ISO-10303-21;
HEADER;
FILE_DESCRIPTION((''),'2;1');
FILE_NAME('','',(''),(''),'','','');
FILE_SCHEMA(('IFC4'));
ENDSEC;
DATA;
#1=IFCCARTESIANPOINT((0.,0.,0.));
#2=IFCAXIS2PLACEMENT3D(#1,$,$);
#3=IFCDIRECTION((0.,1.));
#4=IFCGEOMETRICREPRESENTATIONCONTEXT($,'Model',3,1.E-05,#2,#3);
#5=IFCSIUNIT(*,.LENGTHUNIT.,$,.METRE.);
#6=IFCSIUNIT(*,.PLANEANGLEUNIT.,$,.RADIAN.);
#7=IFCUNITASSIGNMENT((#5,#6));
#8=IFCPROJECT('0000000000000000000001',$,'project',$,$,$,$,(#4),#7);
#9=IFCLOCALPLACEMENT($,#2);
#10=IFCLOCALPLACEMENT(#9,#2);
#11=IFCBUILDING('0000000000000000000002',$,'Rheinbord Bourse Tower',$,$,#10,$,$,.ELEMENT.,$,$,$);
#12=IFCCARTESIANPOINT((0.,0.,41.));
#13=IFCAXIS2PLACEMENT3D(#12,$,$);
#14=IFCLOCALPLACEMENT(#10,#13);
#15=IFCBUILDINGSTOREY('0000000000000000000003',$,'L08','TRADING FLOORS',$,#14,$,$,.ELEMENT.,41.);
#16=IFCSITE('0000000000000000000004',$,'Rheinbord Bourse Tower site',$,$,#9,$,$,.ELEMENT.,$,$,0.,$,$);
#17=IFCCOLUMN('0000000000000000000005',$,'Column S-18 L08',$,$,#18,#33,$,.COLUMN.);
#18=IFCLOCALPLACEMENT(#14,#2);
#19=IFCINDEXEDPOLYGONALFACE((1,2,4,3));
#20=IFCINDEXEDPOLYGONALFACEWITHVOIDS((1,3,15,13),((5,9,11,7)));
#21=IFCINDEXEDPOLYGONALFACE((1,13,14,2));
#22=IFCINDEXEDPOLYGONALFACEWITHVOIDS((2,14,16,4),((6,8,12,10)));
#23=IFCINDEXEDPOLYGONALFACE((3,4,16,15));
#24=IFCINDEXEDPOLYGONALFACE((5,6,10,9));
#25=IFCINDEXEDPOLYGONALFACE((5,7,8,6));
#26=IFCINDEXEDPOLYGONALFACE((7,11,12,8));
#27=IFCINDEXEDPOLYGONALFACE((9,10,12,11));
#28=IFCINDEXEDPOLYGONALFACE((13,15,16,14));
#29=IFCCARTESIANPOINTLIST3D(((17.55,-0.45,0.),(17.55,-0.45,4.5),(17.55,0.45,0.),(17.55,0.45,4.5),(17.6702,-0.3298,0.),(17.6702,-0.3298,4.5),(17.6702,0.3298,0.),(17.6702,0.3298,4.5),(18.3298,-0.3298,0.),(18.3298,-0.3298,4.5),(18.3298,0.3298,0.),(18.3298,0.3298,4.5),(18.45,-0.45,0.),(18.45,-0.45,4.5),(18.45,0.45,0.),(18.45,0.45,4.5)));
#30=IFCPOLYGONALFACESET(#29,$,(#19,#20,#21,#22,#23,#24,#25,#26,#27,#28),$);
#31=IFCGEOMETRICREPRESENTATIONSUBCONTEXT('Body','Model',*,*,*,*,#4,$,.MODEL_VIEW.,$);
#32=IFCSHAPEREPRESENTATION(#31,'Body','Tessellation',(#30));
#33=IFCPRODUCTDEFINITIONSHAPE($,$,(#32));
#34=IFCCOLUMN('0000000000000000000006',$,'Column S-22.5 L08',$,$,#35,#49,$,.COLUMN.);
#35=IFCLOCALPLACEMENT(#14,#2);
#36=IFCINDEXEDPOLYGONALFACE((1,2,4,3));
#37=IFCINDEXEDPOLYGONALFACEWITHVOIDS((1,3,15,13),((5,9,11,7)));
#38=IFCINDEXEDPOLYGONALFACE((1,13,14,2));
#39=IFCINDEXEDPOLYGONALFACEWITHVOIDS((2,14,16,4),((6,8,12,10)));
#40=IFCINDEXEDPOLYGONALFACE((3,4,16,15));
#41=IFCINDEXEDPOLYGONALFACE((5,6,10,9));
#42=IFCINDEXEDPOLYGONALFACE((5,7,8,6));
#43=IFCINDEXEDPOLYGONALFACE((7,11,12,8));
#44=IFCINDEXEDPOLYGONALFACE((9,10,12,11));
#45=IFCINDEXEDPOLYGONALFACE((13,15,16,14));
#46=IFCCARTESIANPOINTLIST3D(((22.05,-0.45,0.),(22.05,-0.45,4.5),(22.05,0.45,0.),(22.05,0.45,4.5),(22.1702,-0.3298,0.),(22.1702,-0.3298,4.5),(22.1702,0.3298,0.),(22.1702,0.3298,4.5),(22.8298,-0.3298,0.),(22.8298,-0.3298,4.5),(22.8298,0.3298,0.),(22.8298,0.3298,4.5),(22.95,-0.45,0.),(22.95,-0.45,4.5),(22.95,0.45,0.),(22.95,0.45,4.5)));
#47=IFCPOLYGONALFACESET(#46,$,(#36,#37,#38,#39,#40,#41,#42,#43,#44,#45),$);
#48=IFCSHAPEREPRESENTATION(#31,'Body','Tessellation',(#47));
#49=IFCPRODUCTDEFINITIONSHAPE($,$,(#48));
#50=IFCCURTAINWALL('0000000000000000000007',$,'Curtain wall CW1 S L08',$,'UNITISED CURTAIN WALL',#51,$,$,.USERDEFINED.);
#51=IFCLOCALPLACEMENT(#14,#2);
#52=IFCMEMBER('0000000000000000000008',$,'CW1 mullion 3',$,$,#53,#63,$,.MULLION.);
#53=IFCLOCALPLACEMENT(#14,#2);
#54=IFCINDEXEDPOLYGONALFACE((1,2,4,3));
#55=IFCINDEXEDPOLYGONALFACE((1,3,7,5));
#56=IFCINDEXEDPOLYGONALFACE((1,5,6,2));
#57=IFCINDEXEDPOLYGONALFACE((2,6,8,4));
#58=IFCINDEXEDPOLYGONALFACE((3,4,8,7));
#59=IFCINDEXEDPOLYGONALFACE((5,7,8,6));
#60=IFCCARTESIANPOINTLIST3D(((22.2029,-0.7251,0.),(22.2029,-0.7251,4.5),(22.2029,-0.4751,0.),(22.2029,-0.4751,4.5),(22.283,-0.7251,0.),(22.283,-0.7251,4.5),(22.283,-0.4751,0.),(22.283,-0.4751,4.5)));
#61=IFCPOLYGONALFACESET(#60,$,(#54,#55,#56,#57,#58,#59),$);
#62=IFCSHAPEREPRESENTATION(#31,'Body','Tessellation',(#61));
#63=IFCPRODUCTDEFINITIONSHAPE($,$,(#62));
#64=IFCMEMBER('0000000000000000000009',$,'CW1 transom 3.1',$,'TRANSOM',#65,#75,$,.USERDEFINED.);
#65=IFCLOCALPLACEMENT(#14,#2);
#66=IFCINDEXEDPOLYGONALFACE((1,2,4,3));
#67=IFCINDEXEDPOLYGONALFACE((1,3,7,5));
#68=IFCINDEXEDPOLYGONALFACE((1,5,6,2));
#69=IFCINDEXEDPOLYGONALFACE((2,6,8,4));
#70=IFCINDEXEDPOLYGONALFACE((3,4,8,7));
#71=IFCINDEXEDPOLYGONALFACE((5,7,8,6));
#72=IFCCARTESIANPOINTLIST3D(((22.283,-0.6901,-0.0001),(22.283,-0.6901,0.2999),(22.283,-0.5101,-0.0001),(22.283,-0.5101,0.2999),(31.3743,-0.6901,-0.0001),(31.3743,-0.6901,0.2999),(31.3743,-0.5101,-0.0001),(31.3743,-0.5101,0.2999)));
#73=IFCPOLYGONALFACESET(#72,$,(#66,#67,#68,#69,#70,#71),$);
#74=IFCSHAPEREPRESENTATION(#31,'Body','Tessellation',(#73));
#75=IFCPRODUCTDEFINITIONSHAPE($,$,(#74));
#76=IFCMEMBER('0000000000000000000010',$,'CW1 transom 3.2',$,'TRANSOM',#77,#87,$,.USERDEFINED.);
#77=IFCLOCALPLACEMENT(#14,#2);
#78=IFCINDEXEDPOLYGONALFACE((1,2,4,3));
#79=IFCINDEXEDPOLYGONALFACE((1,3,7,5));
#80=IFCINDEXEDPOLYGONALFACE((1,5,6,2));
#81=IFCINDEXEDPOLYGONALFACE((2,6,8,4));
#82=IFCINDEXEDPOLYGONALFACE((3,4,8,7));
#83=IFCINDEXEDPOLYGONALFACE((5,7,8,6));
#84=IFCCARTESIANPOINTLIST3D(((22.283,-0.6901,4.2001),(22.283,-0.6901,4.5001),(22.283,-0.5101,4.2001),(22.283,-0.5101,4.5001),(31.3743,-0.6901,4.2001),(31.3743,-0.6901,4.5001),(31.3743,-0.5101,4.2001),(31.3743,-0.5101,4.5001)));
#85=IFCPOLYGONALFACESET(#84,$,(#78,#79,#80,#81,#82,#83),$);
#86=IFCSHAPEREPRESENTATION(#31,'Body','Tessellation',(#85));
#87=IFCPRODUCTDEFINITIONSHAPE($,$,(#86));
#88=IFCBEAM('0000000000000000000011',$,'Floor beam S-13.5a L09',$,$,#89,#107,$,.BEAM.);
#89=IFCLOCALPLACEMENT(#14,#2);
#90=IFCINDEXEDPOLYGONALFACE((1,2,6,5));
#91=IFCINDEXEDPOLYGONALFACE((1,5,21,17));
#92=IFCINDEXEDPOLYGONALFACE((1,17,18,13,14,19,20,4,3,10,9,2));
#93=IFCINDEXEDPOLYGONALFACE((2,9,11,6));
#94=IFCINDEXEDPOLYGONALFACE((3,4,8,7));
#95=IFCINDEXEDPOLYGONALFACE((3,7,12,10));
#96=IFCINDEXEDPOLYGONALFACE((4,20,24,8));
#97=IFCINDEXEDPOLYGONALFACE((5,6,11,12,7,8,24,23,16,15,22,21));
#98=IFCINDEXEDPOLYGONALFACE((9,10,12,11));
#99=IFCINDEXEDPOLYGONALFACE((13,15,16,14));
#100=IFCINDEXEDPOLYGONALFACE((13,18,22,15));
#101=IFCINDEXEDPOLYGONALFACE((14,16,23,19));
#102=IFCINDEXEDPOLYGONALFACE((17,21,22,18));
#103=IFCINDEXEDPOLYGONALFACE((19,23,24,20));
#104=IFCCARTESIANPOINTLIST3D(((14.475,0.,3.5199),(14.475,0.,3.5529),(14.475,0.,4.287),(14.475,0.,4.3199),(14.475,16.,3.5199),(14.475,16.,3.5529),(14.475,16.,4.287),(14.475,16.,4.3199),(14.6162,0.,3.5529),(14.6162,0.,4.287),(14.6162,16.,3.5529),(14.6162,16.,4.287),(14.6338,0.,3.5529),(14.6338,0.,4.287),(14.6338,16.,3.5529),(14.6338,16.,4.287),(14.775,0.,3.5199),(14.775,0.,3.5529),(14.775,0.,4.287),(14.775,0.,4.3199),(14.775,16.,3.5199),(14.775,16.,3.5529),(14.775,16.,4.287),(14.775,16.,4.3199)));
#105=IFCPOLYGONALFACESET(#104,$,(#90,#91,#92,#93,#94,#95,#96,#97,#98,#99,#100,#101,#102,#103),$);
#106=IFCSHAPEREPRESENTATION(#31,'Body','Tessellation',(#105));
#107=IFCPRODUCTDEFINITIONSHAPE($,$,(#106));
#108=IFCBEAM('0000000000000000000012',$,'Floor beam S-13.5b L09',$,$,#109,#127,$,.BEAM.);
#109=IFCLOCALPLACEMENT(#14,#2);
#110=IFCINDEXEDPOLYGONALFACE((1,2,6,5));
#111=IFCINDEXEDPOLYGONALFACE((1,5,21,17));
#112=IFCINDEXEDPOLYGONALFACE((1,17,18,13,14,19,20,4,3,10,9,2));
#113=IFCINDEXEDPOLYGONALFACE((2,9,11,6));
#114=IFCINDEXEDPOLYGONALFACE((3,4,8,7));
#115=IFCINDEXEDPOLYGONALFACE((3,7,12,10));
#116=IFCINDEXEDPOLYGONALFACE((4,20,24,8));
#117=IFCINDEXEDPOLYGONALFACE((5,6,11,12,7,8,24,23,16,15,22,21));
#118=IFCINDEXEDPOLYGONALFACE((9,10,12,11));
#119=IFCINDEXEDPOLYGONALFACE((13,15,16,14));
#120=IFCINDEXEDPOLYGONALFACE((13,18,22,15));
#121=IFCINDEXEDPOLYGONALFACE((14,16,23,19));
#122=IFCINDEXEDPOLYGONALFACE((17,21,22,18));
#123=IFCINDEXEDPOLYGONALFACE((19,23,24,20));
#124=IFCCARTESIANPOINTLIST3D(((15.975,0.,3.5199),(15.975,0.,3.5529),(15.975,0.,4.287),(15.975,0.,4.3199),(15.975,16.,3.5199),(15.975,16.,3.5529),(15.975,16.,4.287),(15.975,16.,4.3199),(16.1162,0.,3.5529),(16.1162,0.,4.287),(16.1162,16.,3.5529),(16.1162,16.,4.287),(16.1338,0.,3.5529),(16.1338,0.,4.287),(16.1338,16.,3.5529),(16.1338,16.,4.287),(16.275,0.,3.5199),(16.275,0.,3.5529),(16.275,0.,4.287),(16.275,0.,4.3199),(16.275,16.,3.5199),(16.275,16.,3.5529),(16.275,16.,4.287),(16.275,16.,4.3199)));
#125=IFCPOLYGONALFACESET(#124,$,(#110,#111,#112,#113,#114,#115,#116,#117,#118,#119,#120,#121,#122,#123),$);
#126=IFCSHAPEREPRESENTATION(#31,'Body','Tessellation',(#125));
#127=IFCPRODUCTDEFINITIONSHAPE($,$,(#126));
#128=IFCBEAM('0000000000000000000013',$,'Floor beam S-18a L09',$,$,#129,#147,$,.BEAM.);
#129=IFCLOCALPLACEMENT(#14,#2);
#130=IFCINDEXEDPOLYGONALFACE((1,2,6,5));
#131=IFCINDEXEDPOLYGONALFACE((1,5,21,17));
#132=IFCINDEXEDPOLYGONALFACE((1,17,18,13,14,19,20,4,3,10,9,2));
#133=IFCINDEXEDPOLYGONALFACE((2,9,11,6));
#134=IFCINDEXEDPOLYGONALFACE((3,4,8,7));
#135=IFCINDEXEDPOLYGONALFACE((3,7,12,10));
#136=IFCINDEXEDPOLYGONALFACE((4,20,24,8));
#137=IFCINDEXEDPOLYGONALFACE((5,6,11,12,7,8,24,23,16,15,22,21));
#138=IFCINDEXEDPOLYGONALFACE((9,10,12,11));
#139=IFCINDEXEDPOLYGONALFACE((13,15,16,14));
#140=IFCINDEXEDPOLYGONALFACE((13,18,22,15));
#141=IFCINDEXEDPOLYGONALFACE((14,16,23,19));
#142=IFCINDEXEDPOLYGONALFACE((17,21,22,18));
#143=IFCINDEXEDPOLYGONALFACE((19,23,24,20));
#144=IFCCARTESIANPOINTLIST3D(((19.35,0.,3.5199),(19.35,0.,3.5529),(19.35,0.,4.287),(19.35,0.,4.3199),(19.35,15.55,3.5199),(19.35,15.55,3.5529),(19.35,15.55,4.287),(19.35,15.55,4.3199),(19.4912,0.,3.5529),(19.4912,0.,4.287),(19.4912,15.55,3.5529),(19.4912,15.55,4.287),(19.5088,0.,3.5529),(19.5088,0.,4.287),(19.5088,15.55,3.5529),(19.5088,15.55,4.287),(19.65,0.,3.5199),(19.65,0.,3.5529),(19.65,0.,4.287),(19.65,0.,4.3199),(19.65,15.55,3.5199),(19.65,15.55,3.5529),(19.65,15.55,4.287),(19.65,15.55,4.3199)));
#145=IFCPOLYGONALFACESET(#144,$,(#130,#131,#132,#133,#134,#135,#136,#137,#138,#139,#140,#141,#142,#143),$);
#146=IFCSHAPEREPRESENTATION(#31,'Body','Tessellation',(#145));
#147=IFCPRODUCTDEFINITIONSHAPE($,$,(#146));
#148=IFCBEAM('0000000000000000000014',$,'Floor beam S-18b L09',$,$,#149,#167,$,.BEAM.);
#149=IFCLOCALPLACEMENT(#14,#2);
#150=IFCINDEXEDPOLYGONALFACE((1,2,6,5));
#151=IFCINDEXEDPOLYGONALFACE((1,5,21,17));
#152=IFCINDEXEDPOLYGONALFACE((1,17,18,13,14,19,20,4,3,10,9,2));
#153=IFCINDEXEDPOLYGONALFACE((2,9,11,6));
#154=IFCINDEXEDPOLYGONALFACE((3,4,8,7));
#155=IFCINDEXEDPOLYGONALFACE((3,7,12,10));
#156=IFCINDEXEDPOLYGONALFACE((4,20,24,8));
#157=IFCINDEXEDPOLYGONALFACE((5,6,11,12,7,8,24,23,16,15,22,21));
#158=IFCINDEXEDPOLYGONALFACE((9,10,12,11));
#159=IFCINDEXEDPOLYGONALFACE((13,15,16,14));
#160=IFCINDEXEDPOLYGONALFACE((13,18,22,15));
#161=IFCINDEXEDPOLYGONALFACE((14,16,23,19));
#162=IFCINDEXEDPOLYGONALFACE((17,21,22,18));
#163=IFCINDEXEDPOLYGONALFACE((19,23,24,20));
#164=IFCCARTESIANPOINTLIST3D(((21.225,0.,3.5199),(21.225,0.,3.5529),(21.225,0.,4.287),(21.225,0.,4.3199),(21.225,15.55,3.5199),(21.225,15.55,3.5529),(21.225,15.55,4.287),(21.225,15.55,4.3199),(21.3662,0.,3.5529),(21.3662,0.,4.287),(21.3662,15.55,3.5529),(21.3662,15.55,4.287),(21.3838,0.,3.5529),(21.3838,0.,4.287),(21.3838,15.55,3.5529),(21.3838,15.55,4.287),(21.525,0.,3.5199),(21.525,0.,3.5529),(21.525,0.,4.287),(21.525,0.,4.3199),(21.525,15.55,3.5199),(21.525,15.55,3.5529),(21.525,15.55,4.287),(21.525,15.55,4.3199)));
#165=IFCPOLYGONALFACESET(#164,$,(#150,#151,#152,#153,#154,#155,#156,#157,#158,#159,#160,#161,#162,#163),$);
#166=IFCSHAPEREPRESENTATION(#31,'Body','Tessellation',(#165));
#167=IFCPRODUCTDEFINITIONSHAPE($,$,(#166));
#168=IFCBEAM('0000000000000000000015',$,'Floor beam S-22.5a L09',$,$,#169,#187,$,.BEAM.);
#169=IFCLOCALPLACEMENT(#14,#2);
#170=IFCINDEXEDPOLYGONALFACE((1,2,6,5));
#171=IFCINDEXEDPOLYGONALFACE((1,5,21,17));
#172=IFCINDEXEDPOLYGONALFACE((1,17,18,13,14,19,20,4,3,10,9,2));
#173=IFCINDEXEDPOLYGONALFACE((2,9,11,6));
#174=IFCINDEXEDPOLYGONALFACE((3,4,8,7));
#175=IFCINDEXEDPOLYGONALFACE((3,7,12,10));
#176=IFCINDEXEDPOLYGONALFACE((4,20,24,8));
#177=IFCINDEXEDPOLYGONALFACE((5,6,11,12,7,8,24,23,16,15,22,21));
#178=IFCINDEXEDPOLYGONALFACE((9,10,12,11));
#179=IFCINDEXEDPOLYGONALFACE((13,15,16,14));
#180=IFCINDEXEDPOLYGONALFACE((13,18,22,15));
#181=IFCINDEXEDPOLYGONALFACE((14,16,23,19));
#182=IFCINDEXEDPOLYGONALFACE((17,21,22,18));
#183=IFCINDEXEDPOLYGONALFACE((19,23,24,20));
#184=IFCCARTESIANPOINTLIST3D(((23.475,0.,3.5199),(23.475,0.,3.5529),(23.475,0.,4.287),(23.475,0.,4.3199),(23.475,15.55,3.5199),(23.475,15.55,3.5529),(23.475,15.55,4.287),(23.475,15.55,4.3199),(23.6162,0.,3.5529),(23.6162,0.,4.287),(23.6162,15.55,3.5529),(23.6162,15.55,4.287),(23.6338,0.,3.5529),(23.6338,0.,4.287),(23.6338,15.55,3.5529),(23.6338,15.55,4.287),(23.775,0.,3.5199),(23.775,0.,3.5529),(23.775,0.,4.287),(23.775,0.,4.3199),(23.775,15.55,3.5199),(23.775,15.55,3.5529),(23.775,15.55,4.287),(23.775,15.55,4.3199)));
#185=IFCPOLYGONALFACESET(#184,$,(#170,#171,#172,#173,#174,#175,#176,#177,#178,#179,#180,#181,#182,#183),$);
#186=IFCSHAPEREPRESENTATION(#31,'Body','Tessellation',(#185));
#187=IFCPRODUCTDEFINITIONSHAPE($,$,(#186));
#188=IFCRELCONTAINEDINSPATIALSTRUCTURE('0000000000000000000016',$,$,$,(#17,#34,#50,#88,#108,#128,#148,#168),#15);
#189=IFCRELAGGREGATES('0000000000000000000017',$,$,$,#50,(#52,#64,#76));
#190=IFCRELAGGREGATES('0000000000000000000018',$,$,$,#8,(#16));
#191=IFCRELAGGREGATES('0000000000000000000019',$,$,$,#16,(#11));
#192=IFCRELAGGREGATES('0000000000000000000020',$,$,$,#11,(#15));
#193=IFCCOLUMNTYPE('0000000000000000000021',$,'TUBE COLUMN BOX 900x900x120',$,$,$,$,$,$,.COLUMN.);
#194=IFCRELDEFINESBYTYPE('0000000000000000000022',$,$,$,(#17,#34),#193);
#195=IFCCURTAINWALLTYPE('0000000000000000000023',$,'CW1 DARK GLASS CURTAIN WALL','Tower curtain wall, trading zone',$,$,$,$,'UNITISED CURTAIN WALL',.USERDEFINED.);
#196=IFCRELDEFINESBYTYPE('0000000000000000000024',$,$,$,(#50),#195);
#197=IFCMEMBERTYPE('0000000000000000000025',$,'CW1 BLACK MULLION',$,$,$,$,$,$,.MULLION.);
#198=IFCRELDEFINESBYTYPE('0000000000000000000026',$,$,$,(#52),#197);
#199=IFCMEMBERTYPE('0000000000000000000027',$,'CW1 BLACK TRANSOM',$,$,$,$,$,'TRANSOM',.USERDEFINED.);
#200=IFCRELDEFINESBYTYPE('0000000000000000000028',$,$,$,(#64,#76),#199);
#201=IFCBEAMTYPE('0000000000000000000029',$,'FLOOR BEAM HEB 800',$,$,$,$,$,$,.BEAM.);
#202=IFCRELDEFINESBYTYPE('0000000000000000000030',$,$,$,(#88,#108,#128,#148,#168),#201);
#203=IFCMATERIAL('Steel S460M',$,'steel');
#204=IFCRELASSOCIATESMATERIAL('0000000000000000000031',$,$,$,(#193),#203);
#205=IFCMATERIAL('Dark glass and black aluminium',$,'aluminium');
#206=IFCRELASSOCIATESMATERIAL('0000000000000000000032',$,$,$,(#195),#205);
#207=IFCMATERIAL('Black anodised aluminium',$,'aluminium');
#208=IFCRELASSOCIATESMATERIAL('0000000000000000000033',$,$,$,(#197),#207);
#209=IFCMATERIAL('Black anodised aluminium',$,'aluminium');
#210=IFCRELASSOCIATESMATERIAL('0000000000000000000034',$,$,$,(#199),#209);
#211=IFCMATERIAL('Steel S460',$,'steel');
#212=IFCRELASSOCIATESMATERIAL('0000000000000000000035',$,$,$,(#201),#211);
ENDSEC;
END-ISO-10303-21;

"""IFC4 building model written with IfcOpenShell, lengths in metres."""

from ifc_helpers import new_model, si_unit, direction, frame, origin, origin_2d, place, context, subcontext, project, spatial, rectangle, hollow_rectangle, i_section, extrude, material, material_profile, profile_set, type_object, element, aggregate, save


model = new_model("IFC4")

# Units and contexts
model_context = context("Model", 3, precision=1e-05, world=origin(), true_north=direction((0.0, 1.0)))
body_context = subcontext(model_context, "Body", "Model", "MODEL_VIEW")
ifc_project = project(units=[si_unit("LENGTHUNIT", "METRE"), si_unit("PLANEANGLEUNIT", "RADIAN")], contexts=[model_context])

# Site, building, storey
site_placement = place(None, origin())
site = spatial("IfcSite", under=ifc_project, at=site_placement, Name="Rheinbord Bourse Tower site", CompositionType="ELEMENT", RefElevation=0.0)
building_placement = place(site_placement, origin())
building = spatial("IfcBuilding", under=site, at=building_placement, Name="Rheinbord Bourse Tower", CompositionType="ELEMENT")
storey_placement = place(building_placement, frame((0.0, 0.0, 41.0)))
storey = spatial("IfcBuildingStorey", under=building, at=storey_placement, Name="L08", Description="TRADING FLOORS", CompositionType="ELEMENT", Elevation=41.0)

# Columns
ifc_material_1 = material(Name="Steel S460M", Category="steel")
ifc_material_profile_1 = material_profile(ifc_material_1, hollow_rectangle(XDim=0.8999, YDim=0.8999, WallThickness=0.1201, at=origin_2d()), Name="BOX 900x900x120")
ifc_profile_set_1 = profile_set([ifc_material_profile_1], Name="Steel S460M")
column_type = type_object("IfcColumnType", Name="TUBE COLUMN BOX 900x900x120", PredefinedType="COLUMN", material=ifc_profile_set_1)
for number, where, z_axis, x_axis, name in (
    (1, (18.0, 0.0, 0.0), (0.0, 0.0, 1.0), (0.0, 1.0, 0.0), "Column S-18 L08"),
    (2, (22.5, 0.0, 0.0), (0.0, 0.0, 1.0), (0.0, 1.0, 0.0), "Column S-22.5 L08"),
):
    element("IfcColumn", number, at=place(storey_placement, frame(where, z_axis=z_axis, x_axis=x_axis)), inside=storey, type_object=column_type, Name=name, PredefinedType="COLUMN", context=body_context, shape_type="SweptSolid", body=[
        extrude(hollow_rectangle(XDim=0.8999, YDim=0.8999, WallThickness=0.1201, at=origin_2d()), origin(), (0.0, 0.0, 1.0), 4.5),
    ])

# Curtain wall, members
ifc_material_2 = material(Name="Dark glass and black aluminium", Category="aluminium")
curtain_wall_type = type_object("IfcCurtainWallType", Name="CW1 DARK GLASS CURTAIN WALL", Description="Tower curtain wall, trading zone", ElementType="UNITISED CURTAIN WALL", PredefinedType="USERDEFINED", material=ifc_material_2)
curtain_wall_placement = place(storey_placement, origin())
curtain_wall = element("IfcCurtainWall", 3, at=curtain_wall_placement, inside=storey, type_object=curtain_wall_type, Name="Curtain wall CW1 S L08", ObjectType="UNITISED CURTAIN WALL", PredefinedType="USERDEFINED")
ifc_material_3 = material(Name="Black anodised aluminium", Category="aluminium")
ifc_material_profile_2 = material_profile(ifc_material_3, rectangle(XDim=0.25, YDim=0.0801, at=origin_2d()), Name="CW1 MULLION 80x250")
ifc_profile_set_2 = profile_set([ifc_material_profile_2], Name="Black anodised aluminium")
member_type_1 = type_object("IfcMemberType", Name="CW1 BLACK MULLION", PredefinedType="MULLION", material=ifc_profile_set_2)
member_1_placement = place(storey_placement, frame((22.2429, -0.6001, 0.0), z_axis=(0.0, 0.0, 1.0), x_axis=(0.0, 1.0, 0.0)))
member_1 = element("IfcMember", 4, at=member_1_placement, type_object=member_type_1, Name="CW1 mullion 3", PredefinedType="MULLION", context=body_context, shape_type="SweptSolid", body=[
    extrude(rectangle(XDim=0.25, YDim=0.0801, at=origin_2d()), origin(), (0.0, 0.0, 1.0), 4.5),
])
ifc_material_4 = material(Name="Black anodised aluminium", Category="aluminium")
ifc_material_profile_3 = material_profile(ifc_material_4, rectangle(XDim=0.1799, YDim=0.3, at=origin_2d()), Name="CW1 TRANSOM 300x180")
ifc_profile_set_3 = profile_set([ifc_material_profile_3], Name="Black anodised aluminium")
member_type_2 = type_object("IfcMemberType", Name="CW1 BLACK TRANSOM", ElementType="TRANSOM", PredefinedType="USERDEFINED", material=ifc_profile_set_3)
member_2_placement = place(storey_placement, frame((22.283, -0.6001, 0.1499), z_axis=(1.0, 0.0, 0.0), x_axis=(0.0, 1.0, 0.0)))
member_2 = element("IfcMember", 5, at=member_2_placement, type_object=member_type_2, Name="CW1 transom 3.1", ObjectType="TRANSOM", PredefinedType="USERDEFINED", context=body_context, shape_type="SweptSolid", body=[
    extrude(rectangle(XDim=0.1799, YDim=0.3, at=origin_2d()), origin(), (0.0, 0.0, 1.0), 9.0913),
])
member_3_placement = place(storey_placement, frame((22.283, -0.6001, 4.3501), z_axis=(1.0, 0.0, 0.0), x_axis=(0.0, 1.0, 0.0)))
member_3 = element("IfcMember", 6, at=member_3_placement, type_object=member_type_2, Name="CW1 transom 3.2", ObjectType="TRANSOM", PredefinedType="USERDEFINED", context=body_context, shape_type="SweptSolid", body=[
    extrude(rectangle(XDim=0.1799, YDim=0.3, at=origin_2d()), origin(), (0.0, 0.0, 1.0), 9.0913),
])

# Beams
ifc_material_5 = material(Name="Steel S460", Category="steel")
ifc_material_profile_4 = material_profile(ifc_material_5, i_section(OverallWidth=0.3, OverallDepth=0.8, WebThickness=0.0176, FlangeThickness=0.033, at=origin_2d()), Name="HEB 800")
ifc_profile_set_4 = profile_set([ifc_material_profile_4], Name="Steel S460")
beam_type_1 = type_object("IfcBeamType", Name="FLOOR BEAM HEB 800", PredefinedType="BEAM", material=ifc_profile_set_4)
for number, where, z_axis, x_axis, name in (
    (7, (14.625, 0.0, 3.9199), (0.0, 1.0, 0.0), (-1.0, 0.0, 0.0), "Floor beam S-13.5a L09"),
    (8, (16.125, 0.0, 3.9199), (0.0, 1.0, 0.0), (-1.0, 0.0, 0.0), "Floor beam S-13.5b L09"),
):
    element("IfcBeam", number, at=place(storey_placement, frame(where, z_axis=z_axis, x_axis=x_axis)), inside=storey, type_object=beam_type_1, Name=name, PredefinedType="BEAM", context=body_context, shape_type="SweptSolid", body=[
        extrude(i_section(OverallWidth=0.3, OverallDepth=0.8, WebThickness=0.0176, FlangeThickness=0.033, at=origin_2d()), origin(), (0.0, 0.0, 1.0), 16.0),
    ])
for number, where, z_axis, x_axis, name in (
    (9, (19.5, 0.0, 3.9199), (0.0, 1.0, 0.0), (-1.0, 0.0, 0.0), "Floor beam S-18a L09"),
    (10, (21.375, 0.0, 3.9199), (0.0, 1.0, 0.0), (-1.0, 0.0, 0.0), "Floor beam S-18b L09"),
    (11, (23.625, 0.0, 3.9199), (0.0, 1.0, 0.0), (-1.0, 0.0, 0.0), "Floor beam S-22.5a L09"),
):
    element("IfcBeam", number, at=place(storey_placement, frame(where, z_axis=z_axis, x_axis=x_axis)), inside=storey, type_object=beam_type_1, Name=name, PredefinedType="BEAM", context=body_context, shape_type="SweptSolid", body=[
        extrude(i_section(OverallWidth=0.3, OverallDepth=0.8, WebThickness=0.0176, FlangeThickness=0.033, at=origin_2d()), origin(), (0.0, 0.0, 1.0), 15.55),
    ])

aggregate(curtain_wall, [member_1, member_2, member_3])

save(model, "model.ifc")
